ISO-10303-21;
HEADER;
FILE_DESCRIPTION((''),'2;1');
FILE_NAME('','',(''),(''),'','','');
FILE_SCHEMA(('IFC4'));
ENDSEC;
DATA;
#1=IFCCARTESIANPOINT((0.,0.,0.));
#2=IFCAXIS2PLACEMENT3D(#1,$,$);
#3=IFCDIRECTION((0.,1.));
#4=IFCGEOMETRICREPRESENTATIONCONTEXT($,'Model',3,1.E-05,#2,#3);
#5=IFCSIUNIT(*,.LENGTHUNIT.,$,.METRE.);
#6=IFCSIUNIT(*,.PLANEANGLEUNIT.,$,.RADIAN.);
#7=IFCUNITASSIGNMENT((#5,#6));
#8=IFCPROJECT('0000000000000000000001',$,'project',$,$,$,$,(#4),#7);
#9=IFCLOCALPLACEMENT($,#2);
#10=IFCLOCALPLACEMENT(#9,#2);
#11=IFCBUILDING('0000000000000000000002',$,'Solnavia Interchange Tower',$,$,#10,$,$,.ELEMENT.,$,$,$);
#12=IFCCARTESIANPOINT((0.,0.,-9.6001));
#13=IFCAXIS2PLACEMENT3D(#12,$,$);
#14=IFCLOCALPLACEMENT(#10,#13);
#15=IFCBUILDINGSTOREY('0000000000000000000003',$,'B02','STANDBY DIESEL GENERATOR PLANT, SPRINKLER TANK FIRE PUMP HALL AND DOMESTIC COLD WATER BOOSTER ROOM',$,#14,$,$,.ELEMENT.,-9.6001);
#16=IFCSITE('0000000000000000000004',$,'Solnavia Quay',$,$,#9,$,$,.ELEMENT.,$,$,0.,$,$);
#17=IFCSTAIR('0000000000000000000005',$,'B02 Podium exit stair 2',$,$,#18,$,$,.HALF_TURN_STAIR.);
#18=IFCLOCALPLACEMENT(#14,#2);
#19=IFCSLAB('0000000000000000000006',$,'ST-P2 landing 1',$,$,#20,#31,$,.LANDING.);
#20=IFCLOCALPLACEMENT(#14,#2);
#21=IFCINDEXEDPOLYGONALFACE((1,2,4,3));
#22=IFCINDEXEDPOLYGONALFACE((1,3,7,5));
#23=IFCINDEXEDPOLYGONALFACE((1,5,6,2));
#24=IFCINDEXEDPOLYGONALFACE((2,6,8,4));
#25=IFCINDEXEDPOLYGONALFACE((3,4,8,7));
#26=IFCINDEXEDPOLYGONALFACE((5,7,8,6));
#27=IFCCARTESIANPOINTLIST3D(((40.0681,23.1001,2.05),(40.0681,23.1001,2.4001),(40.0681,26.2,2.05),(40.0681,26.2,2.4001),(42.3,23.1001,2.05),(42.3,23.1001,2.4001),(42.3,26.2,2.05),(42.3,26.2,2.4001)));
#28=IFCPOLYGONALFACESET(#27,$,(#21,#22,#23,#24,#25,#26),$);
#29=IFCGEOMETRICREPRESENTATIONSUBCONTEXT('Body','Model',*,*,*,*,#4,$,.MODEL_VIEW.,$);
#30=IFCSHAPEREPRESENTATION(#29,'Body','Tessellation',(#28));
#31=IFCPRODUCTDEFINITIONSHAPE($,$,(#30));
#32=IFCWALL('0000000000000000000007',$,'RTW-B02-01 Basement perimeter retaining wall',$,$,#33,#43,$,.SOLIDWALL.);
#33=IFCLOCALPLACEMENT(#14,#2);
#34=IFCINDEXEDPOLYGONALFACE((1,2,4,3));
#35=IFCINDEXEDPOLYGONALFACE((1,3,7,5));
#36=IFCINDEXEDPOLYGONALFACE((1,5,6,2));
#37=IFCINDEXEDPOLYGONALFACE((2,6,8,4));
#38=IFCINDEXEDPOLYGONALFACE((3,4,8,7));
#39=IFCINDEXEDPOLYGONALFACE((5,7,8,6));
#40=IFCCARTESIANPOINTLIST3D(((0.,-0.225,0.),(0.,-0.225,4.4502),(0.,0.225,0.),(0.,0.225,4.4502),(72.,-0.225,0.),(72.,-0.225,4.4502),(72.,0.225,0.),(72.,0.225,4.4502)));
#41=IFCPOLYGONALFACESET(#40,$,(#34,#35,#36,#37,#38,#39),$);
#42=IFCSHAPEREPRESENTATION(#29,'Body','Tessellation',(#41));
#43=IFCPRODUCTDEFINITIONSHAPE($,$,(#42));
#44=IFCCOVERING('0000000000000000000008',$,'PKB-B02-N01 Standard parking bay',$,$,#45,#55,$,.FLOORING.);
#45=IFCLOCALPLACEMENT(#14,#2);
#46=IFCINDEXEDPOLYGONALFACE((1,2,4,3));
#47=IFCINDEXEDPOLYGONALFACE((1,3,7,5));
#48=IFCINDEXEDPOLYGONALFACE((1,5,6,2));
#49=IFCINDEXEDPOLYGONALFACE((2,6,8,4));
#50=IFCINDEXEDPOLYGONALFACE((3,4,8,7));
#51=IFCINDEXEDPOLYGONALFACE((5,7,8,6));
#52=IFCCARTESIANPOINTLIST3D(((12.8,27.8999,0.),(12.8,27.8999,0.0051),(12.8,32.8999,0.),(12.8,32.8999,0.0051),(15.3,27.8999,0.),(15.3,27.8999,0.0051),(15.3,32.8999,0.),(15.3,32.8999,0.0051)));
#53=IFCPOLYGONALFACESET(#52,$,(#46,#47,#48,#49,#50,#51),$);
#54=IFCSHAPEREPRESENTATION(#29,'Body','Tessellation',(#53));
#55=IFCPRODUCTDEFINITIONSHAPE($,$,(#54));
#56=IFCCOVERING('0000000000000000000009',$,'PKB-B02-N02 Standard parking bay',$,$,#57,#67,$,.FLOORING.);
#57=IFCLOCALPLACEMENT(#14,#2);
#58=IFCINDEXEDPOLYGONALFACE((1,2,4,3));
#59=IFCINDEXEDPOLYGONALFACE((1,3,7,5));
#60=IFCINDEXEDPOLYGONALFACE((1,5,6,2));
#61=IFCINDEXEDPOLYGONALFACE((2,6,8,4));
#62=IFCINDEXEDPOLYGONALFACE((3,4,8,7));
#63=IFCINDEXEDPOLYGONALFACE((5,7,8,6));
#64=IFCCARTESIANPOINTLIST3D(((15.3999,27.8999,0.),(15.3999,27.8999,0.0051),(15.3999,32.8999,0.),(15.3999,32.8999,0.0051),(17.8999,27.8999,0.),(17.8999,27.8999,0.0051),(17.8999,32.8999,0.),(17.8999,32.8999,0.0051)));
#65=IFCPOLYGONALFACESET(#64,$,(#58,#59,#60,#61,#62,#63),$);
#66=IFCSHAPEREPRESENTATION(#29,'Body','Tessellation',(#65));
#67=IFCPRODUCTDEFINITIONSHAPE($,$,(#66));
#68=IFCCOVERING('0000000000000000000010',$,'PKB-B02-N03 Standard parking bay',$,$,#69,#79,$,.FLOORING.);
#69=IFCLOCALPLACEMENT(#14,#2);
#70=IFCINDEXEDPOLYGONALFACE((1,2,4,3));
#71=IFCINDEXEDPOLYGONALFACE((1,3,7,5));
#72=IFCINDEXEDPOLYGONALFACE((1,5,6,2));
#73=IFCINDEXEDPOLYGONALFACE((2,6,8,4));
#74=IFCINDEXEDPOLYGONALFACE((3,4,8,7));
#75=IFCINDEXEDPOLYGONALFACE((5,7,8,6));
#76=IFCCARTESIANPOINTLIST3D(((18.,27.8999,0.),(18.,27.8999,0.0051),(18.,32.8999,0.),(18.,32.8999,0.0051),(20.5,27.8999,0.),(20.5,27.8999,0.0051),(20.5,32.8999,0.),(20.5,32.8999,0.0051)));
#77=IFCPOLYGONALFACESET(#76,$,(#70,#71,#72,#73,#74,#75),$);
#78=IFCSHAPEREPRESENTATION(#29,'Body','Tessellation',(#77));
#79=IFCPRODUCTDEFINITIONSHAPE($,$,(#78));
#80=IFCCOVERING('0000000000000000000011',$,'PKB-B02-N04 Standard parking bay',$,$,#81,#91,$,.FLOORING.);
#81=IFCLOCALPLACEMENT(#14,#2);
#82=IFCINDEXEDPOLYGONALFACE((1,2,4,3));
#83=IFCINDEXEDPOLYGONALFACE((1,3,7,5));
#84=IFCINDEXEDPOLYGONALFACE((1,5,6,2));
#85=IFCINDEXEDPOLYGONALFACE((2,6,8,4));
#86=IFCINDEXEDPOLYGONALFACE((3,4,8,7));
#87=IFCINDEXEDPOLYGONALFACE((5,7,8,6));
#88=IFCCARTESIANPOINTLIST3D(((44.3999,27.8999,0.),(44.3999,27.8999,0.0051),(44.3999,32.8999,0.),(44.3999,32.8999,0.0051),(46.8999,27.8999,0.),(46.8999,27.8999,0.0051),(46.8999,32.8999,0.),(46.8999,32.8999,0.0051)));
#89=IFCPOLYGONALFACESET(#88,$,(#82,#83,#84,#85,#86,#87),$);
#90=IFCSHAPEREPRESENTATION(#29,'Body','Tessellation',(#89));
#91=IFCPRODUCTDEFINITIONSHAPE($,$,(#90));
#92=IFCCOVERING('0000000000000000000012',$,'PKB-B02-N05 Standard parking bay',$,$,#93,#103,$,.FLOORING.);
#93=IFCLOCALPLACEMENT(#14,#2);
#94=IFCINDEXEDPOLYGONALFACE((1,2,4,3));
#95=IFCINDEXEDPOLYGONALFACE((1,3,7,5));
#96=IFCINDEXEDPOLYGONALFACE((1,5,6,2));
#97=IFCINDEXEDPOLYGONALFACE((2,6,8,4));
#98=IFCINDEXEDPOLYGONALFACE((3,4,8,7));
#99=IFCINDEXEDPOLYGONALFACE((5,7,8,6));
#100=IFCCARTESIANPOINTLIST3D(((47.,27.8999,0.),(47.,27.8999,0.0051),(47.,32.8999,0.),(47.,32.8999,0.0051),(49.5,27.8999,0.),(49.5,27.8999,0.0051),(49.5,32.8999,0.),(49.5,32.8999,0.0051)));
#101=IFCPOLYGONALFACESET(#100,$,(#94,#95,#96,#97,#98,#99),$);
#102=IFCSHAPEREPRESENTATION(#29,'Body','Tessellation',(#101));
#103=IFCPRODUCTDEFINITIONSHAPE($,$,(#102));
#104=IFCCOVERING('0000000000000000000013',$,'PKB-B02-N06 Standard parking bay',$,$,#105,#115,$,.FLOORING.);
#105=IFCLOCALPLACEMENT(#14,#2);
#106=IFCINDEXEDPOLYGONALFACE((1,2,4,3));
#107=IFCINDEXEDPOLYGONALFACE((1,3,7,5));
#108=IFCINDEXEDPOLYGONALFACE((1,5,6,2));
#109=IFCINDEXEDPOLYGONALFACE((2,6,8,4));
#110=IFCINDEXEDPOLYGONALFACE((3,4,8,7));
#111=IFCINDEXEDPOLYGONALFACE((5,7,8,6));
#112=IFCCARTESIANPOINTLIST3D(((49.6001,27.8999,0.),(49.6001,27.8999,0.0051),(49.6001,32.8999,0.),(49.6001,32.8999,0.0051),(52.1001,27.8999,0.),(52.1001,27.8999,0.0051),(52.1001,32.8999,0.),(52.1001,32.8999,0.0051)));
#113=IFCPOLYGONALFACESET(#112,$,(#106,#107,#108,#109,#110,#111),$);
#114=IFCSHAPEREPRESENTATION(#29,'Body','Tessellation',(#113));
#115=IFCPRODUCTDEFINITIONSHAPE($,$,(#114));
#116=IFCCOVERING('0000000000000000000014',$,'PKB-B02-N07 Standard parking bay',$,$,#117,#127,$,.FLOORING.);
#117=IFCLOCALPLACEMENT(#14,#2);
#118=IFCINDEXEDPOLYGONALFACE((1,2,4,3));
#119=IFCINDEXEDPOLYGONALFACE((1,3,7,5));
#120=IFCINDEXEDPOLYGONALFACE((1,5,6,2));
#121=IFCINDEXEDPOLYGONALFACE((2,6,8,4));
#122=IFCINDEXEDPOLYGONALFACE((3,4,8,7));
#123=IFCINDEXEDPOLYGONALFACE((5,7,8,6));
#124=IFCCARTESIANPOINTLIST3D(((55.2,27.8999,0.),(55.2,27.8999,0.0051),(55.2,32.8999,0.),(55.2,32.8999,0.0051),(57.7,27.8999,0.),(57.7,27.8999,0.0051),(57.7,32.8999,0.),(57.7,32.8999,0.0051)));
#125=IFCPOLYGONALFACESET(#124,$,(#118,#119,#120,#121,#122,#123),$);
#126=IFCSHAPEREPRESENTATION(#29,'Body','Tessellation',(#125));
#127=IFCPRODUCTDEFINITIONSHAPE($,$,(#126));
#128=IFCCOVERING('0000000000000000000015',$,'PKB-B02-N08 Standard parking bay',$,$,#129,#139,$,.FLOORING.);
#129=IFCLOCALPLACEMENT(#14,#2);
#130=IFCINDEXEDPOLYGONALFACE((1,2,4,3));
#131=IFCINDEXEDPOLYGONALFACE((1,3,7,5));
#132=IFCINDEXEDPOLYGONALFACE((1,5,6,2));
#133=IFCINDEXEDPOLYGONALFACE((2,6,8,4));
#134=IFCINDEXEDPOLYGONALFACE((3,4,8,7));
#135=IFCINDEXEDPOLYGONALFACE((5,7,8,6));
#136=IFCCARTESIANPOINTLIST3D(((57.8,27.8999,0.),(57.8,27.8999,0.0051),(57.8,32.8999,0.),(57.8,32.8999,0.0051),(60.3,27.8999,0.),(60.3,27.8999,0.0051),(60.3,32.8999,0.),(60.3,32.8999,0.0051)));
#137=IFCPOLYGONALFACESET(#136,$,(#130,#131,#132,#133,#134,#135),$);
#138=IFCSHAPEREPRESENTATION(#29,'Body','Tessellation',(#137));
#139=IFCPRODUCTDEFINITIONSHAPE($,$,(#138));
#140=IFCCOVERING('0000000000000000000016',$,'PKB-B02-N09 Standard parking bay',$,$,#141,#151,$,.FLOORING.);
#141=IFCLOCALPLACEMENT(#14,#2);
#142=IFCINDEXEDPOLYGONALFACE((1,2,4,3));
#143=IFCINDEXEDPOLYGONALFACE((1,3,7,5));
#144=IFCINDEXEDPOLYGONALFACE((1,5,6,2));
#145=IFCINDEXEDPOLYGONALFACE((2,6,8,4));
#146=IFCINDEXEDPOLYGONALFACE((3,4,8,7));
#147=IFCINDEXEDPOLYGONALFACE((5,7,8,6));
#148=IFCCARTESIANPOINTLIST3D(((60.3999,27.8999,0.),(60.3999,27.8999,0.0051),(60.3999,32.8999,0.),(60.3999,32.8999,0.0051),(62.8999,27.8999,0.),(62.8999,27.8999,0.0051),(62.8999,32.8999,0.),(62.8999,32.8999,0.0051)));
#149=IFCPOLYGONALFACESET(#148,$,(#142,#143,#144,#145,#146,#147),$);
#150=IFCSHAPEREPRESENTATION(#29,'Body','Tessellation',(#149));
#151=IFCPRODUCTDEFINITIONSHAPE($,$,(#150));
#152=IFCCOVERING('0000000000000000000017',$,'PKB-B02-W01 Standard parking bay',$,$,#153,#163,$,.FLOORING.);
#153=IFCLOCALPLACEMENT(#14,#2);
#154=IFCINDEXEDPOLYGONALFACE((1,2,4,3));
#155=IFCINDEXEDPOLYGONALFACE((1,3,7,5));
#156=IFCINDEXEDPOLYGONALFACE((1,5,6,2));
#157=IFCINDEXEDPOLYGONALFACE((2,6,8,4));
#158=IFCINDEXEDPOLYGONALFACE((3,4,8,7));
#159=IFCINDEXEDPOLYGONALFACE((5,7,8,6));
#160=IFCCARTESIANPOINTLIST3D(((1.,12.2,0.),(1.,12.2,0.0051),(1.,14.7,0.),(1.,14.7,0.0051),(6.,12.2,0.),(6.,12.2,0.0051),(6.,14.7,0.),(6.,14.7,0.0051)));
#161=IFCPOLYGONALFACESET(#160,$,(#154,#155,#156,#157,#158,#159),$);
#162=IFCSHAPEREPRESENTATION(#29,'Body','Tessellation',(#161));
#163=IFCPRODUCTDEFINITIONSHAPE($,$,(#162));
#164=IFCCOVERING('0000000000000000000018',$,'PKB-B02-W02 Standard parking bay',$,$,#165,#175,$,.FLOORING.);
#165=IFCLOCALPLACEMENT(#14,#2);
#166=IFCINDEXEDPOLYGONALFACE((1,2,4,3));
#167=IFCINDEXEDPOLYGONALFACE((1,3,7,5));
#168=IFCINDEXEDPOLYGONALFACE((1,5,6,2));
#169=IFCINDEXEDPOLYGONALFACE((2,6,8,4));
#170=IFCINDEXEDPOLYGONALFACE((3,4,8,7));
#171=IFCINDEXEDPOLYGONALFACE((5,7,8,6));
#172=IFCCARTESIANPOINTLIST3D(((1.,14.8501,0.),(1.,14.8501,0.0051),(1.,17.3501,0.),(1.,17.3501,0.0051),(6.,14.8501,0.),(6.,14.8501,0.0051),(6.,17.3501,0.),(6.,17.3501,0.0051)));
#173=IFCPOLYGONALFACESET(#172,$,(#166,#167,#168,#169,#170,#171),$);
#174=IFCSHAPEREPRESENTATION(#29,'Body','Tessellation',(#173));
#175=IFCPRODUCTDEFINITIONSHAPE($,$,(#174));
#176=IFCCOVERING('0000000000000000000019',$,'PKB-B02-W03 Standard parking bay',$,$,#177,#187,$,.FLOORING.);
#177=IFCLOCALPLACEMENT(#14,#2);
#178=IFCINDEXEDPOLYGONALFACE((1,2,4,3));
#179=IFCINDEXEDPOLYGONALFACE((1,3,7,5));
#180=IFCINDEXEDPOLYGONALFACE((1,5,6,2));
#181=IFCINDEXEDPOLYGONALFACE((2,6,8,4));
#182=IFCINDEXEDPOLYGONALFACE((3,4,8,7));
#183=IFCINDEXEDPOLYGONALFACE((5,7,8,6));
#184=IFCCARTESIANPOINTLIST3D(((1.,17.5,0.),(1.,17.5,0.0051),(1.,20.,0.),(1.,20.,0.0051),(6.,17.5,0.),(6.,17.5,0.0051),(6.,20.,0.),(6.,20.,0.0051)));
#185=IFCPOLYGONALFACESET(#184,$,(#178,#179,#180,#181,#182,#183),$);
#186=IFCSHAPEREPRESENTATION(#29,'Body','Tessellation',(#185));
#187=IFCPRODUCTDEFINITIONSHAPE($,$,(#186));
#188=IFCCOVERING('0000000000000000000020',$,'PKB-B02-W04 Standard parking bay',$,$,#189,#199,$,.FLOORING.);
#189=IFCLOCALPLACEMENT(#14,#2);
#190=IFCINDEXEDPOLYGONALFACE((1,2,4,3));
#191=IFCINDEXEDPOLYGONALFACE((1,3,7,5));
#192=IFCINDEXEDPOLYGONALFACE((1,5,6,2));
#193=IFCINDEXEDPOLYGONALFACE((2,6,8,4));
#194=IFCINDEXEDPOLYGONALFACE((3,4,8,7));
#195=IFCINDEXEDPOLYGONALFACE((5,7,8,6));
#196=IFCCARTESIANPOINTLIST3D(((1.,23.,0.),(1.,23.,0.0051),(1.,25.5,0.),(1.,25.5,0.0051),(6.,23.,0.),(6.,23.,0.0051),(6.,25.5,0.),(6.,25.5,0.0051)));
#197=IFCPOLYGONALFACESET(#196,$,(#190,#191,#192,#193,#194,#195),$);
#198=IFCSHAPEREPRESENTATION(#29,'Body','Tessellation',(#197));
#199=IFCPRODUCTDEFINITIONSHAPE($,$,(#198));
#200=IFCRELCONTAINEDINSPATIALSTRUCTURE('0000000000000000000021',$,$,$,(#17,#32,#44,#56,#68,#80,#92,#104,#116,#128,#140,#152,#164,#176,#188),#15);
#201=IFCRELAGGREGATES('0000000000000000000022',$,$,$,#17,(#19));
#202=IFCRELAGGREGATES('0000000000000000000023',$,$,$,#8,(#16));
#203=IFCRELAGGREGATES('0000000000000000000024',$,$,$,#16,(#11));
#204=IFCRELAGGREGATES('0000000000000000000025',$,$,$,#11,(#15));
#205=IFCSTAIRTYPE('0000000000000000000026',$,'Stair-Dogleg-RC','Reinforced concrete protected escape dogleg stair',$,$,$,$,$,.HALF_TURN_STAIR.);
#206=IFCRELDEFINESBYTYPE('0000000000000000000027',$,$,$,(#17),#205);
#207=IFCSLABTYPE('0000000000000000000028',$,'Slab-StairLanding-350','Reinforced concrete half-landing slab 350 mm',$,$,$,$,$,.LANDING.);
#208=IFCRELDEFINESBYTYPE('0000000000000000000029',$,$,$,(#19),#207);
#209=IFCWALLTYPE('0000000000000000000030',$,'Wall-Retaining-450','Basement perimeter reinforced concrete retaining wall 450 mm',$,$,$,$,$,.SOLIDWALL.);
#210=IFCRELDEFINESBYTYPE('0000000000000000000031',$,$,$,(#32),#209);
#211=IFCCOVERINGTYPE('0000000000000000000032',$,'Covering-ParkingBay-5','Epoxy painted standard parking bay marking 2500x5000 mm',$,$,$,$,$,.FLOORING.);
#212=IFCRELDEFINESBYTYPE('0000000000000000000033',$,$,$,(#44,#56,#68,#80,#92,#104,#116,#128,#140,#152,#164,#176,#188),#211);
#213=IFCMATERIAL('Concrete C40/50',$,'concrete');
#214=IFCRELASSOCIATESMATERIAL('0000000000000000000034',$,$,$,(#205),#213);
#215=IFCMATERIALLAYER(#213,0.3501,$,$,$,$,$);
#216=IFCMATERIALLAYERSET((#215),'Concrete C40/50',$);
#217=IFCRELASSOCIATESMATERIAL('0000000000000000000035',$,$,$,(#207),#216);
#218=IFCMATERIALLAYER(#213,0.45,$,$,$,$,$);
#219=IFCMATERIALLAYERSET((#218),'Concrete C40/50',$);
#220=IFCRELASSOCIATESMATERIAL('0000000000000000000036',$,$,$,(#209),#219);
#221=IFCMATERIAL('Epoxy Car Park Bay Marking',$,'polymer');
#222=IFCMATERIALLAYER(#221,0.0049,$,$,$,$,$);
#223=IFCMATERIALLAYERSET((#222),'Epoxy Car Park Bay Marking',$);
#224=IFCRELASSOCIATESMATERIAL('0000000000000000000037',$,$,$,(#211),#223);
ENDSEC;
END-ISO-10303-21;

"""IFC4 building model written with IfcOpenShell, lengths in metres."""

from ifc_helpers import new_model, si_unit, direction, frame, frame_2d, origin, origin_with_axes, place, context, subcontext, project, spatial, polyline, rectangle, outline, extrude, material, layer, layer_set, type_object, element, aggregate, save


model = new_model("IFC4")

# Units and contexts
model_context = context("Model", 3, precision=1e-05, world=origin(), true_north=direction((0.0, 1.0)))
body_context = subcontext(model_context, "Body", "Model", "MODEL_VIEW")
ifc_project = project(units=[si_unit("LENGTHUNIT", "METRE"), si_unit("PLANEANGLEUNIT", "RADIAN")], contexts=[model_context])

# Site, building, storey
site_placement = place(None, origin())
site = spatial("IfcSite", under=ifc_project, at=site_placement, Name="Solnavia Quay", CompositionType="ELEMENT", RefElevation=0.0)
building_placement = place(site_placement, origin())
building = spatial("IfcBuilding", under=site, at=building_placement, Name="Solnavia Interchange Tower", CompositionType="ELEMENT")
storey_placement = place(building_placement, frame((0.0, 0.0, -9.6001)))
storey = spatial("IfcBuildingStorey", under=building, at=storey_placement, Name="B02", Description="STANDBY DIESEL GENERATOR PLANT, SPRINKLER TANK FIRE PUMP HALL AND DOMESTIC COLD WATER BOOSTER ROOM", CompositionType="ELEMENT", Elevation=-9.6001)

# Shared definitions
ifc_material_1 = material(Name="Concrete C40/50", Category="concrete")

# Stair, slab
stair_type = type_object("IfcStairType", Name="Stair-Dogleg-RC", Description="Reinforced concrete protected escape dogleg stair", PredefinedType="HALF_TURN_STAIR", material=ifc_material_1)
ifc_layer_1 = layer(ifc_material_1, 0.3501)
ifc_layer_set_1 = layer_set([ifc_layer_1], Name="Concrete C40/50")
slab_type_1 = type_object("IfcSlabType", Name="Slab-StairLanding-350", Description="Reinforced concrete half-landing slab 350 mm", PredefinedType="LANDING", material=ifc_layer_set_1)
stair_1_placement = place(storey_placement, origin())
stair_1 = element("IfcStair", 1, at=stair_1_placement, inside=storey, type_object=stair_type, Name="B02 Podium exit stair 2", PredefinedType="HALF_TURN_STAIR")
slab_1_placement = place(storey_placement, frame((0.0, 0.0, 2.05)))
slab_1 = element("IfcSlab", 2, at=slab_1_placement, type_object=slab_type_1, Name="ST-P2 landing 1", PredefinedType="LANDING", context=body_context, shape_type="SweptSolid", body=[
    extrude(outline(polyline([(40.0681, 23.1001), (42.3, 23.1001), (42.3, 26.2), (40.0681, 26.2), (40.0681, 23.1001)])), origin(), (0.0, 0.0, 1.0), 0.3501),
])
aggregate(stair_1, [slab_1])

# Wall
ifc_layer_2 = layer(ifc_material_1, 0.45)
ifc_layer_set_2 = layer_set([ifc_layer_2], Name="Concrete C40/50")
wall_type = type_object("IfcWallType", Name="Wall-Retaining-450", Description="Basement perimeter reinforced concrete retaining wall 450 mm", PredefinedType="SOLIDWALL", material=ifc_layer_set_2)
wall_placement = place(storey_placement, origin_with_axes())
element("IfcWall", 3, at=wall_placement, inside=storey, type_object=wall_type, Name="RTW-B02-01 Basement perimeter retaining wall", PredefinedType="SOLIDWALL", context=body_context, shape_type="SweptSolid", body=[
    extrude(rectangle(XDim=72.0, YDim=0.45, at=frame_2d((36.0, 0.0))), origin(), (0.0, 0.0, 1.0), 4.4502),
])

# Coverings
ifc_material_2 = material(Name="Epoxy Car Park Bay Marking", Category="polymer")
ifc_layer_3 = layer(ifc_material_2, 0.0049)
ifc_layer_set_3 = layer_set([ifc_layer_3], Name="Epoxy Car Park Bay Marking")
covering_type = type_object("IfcCoveringType", Name="Covering-ParkingBay-5", Description="Epoxy painted standard parking bay marking 2500x5000 mm", PredefinedType="FLOORING", material=ifc_layer_set_3)
covering_1_placement = place(storey_placement, origin())
element("IfcCovering", 4, at=covering_1_placement, inside=storey, type_object=covering_type, Name="PKB-B02-N01 Standard parking bay", PredefinedType="FLOORING", context=body_context, shape_type="SweptSolid", body=[
    extrude(outline(polyline([(12.8, 27.8999), (15.3, 27.8999), (15.3, 32.8999), (12.8, 32.8999), (12.8, 27.8999)])), origin(), (0.0, 0.0, 1.0), 0.0051),
])
covering_2_placement = place(storey_placement, origin())
element("IfcCovering", 5, at=covering_2_placement, inside=storey, type_object=covering_type, Name="PKB-B02-N02 Standard parking bay", PredefinedType="FLOORING", context=body_context, shape_type="SweptSolid", body=[
    extrude(outline(polyline([(15.3999, 27.8999), (17.8999, 27.8999), (17.8999, 32.8999), (15.3999, 32.8999), (15.3999, 27.8999)])), origin(), (0.0, 0.0, 1.0), 0.0051),
])
covering_3_placement = place(storey_placement, origin())
element("IfcCovering", 6, at=covering_3_placement, inside=storey, type_object=covering_type, Name="PKB-B02-N03 Standard parking bay", PredefinedType="FLOORING", context=body_context, shape_type="SweptSolid", body=[
    extrude(outline(polyline([(18.0, 27.8999), (20.5, 27.8999), (20.5, 32.8999), (18.0, 32.8999), (18.0, 27.8999)])), origin(), (0.0, 0.0, 1.0), 0.0051),
])
covering_4_placement = place(storey_placement, origin())
element("IfcCovering", 7, at=covering_4_placement, inside=storey, type_object=covering_type, Name="PKB-B02-N04 Standard parking bay", PredefinedType="FLOORING", context=body_context, shape_type="SweptSolid", body=[
    extrude(outline(polyline([(44.3999, 27.8999), (46.8999, 27.8999), (46.8999, 32.8999), (44.3999, 32.8999), (44.3999, 27.8999)])), origin(), (0.0, 0.0, 1.0), 0.0051),
])
covering_5_placement = place(storey_placement, origin())
element("IfcCovering", 8, at=covering_5_placement, inside=storey, type_object=covering_type, Name="PKB-B02-N05 Standard parking bay", PredefinedType="FLOORING", context=body_context, shape_type="SweptSolid", body=[
    extrude(outline(polyline([(47.0, 27.8999), (49.5, 27.8999), (49.5, 32.8999), (47.0, 32.8999), (47.0, 27.8999)])), origin(), (0.0, 0.0, 1.0), 0.0051),
])
covering_6_placement = place(storey_placement, origin())
element("IfcCovering", 9, at=covering_6_placement, inside=storey, type_object=covering_type, Name="PKB-B02-N06 Standard parking bay", PredefinedType="FLOORING", context=body_context, shape_type="SweptSolid", body=[
    extrude(outline(polyline([(49.6001, 27.8999), (52.1001, 27.8999), (52.1001, 32.8999), (49.6001, 32.8999), (49.6001, 27.8999)])), origin(), (0.0, 0.0, 1.0), 0.0051),
])
covering_7_placement = place(storey_placement, origin())
element("IfcCovering", 10, at=covering_7_placement, inside=storey, type_object=covering_type, Name="PKB-B02-N07 Standard parking bay", PredefinedType="FLOORING", context=body_context, shape_type="SweptSolid", body=[
    extrude(outline(polyline([(55.2, 27.8999), (57.7, 27.8999), (57.7, 32.8999), (55.2, 32.8999), (55.2, 27.8999)])), origin(), (0.0, 0.0, 1.0), 0.0051),
])
covering_8_placement = place(storey_placement, origin())
element("IfcCovering", 11, at=covering_8_placement, inside=storey, type_object=covering_type, Name="PKB-B02-N08 Standard parking bay", PredefinedType="FLOORING", context=body_context, shape_type="SweptSolid", body=[
    extrude(outline(polyline([(57.8, 27.8999), (60.3, 27.8999), (60.3, 32.8999), (57.8, 32.8999), (57.8, 27.8999)])), origin(), (0.0, 0.0, 1.0), 0.0051),
])
covering_9_placement = place(storey_placement, origin())
element("IfcCovering", 12, at=covering_9_placement, inside=storey, type_object=covering_type, Name="PKB-B02-N09 Standard parking bay", PredefinedType="FLOORING", context=body_context, shape_type="SweptSolid", body=[
    extrude(outline(polyline([(60.3999, 27.8999), (62.8999, 27.8999), (62.8999, 32.8999), (60.3999, 32.8999), (60.3999, 27.8999)])), origin(), (0.0, 0.0, 1.0), 0.0051),
])
covering_10_placement = place(storey_placement, origin())
element("IfcCovering", 13, at=covering_10_placement, inside=storey, type_object=covering_type, Name="PKB-B02-W01 Standard parking bay", PredefinedType="FLOORING", context=body_context, shape_type="SweptSolid", body=[
    extrude(outline(polyline([(1.0, 12.2), (6.0, 12.2), (6.0, 14.7), (1.0, 14.7), (1.0, 12.2)])), origin(), (0.0, 0.0, 1.0), 0.0051),
])
covering_11_placement = place(storey_placement, origin())
element("IfcCovering", 14, at=covering_11_placement, inside=storey, type_object=covering_type, Name="PKB-B02-W02 Standard parking bay", PredefinedType="FLOORING", context=body_context, shape_type="SweptSolid", body=[
    extrude(outline(polyline([(1.0, 14.8501), (6.0, 14.8501), (6.0, 17.3501), (1.0, 17.3501), (1.0, 14.8501)])), origin(), (0.0, 0.0, 1.0), 0.0051),
])
covering_12_placement = place(storey_placement, origin())
element("IfcCovering", 15, at=covering_12_placement, inside=storey, type_object=covering_type, Name="PKB-B02-W03 Standard parking bay", PredefinedType="FLOORING", context=body_context, shape_type="SweptSolid", body=[
    extrude(outline(polyline([(1.0, 17.5), (6.0, 17.5), (6.0, 20.0), (1.0, 20.0), (1.0, 17.5)])), origin(), (0.0, 0.0, 1.0), 0.0051),
])
covering_13_placement = place(storey_placement, origin())
element("IfcCovering", 16, at=covering_13_placement, inside=storey, type_object=covering_type, Name="PKB-B02-W04 Standard parking bay", PredefinedType="FLOORING", context=body_context, shape_type="SweptSolid", body=[
    extrude(outline(polyline([(1.0, 23.0), (6.0, 23.0), (6.0, 25.5), (1.0, 25.5), (1.0, 23.0)])), origin(), (0.0, 0.0, 1.0), 0.0051),
])

save(model, "model.ifc")
